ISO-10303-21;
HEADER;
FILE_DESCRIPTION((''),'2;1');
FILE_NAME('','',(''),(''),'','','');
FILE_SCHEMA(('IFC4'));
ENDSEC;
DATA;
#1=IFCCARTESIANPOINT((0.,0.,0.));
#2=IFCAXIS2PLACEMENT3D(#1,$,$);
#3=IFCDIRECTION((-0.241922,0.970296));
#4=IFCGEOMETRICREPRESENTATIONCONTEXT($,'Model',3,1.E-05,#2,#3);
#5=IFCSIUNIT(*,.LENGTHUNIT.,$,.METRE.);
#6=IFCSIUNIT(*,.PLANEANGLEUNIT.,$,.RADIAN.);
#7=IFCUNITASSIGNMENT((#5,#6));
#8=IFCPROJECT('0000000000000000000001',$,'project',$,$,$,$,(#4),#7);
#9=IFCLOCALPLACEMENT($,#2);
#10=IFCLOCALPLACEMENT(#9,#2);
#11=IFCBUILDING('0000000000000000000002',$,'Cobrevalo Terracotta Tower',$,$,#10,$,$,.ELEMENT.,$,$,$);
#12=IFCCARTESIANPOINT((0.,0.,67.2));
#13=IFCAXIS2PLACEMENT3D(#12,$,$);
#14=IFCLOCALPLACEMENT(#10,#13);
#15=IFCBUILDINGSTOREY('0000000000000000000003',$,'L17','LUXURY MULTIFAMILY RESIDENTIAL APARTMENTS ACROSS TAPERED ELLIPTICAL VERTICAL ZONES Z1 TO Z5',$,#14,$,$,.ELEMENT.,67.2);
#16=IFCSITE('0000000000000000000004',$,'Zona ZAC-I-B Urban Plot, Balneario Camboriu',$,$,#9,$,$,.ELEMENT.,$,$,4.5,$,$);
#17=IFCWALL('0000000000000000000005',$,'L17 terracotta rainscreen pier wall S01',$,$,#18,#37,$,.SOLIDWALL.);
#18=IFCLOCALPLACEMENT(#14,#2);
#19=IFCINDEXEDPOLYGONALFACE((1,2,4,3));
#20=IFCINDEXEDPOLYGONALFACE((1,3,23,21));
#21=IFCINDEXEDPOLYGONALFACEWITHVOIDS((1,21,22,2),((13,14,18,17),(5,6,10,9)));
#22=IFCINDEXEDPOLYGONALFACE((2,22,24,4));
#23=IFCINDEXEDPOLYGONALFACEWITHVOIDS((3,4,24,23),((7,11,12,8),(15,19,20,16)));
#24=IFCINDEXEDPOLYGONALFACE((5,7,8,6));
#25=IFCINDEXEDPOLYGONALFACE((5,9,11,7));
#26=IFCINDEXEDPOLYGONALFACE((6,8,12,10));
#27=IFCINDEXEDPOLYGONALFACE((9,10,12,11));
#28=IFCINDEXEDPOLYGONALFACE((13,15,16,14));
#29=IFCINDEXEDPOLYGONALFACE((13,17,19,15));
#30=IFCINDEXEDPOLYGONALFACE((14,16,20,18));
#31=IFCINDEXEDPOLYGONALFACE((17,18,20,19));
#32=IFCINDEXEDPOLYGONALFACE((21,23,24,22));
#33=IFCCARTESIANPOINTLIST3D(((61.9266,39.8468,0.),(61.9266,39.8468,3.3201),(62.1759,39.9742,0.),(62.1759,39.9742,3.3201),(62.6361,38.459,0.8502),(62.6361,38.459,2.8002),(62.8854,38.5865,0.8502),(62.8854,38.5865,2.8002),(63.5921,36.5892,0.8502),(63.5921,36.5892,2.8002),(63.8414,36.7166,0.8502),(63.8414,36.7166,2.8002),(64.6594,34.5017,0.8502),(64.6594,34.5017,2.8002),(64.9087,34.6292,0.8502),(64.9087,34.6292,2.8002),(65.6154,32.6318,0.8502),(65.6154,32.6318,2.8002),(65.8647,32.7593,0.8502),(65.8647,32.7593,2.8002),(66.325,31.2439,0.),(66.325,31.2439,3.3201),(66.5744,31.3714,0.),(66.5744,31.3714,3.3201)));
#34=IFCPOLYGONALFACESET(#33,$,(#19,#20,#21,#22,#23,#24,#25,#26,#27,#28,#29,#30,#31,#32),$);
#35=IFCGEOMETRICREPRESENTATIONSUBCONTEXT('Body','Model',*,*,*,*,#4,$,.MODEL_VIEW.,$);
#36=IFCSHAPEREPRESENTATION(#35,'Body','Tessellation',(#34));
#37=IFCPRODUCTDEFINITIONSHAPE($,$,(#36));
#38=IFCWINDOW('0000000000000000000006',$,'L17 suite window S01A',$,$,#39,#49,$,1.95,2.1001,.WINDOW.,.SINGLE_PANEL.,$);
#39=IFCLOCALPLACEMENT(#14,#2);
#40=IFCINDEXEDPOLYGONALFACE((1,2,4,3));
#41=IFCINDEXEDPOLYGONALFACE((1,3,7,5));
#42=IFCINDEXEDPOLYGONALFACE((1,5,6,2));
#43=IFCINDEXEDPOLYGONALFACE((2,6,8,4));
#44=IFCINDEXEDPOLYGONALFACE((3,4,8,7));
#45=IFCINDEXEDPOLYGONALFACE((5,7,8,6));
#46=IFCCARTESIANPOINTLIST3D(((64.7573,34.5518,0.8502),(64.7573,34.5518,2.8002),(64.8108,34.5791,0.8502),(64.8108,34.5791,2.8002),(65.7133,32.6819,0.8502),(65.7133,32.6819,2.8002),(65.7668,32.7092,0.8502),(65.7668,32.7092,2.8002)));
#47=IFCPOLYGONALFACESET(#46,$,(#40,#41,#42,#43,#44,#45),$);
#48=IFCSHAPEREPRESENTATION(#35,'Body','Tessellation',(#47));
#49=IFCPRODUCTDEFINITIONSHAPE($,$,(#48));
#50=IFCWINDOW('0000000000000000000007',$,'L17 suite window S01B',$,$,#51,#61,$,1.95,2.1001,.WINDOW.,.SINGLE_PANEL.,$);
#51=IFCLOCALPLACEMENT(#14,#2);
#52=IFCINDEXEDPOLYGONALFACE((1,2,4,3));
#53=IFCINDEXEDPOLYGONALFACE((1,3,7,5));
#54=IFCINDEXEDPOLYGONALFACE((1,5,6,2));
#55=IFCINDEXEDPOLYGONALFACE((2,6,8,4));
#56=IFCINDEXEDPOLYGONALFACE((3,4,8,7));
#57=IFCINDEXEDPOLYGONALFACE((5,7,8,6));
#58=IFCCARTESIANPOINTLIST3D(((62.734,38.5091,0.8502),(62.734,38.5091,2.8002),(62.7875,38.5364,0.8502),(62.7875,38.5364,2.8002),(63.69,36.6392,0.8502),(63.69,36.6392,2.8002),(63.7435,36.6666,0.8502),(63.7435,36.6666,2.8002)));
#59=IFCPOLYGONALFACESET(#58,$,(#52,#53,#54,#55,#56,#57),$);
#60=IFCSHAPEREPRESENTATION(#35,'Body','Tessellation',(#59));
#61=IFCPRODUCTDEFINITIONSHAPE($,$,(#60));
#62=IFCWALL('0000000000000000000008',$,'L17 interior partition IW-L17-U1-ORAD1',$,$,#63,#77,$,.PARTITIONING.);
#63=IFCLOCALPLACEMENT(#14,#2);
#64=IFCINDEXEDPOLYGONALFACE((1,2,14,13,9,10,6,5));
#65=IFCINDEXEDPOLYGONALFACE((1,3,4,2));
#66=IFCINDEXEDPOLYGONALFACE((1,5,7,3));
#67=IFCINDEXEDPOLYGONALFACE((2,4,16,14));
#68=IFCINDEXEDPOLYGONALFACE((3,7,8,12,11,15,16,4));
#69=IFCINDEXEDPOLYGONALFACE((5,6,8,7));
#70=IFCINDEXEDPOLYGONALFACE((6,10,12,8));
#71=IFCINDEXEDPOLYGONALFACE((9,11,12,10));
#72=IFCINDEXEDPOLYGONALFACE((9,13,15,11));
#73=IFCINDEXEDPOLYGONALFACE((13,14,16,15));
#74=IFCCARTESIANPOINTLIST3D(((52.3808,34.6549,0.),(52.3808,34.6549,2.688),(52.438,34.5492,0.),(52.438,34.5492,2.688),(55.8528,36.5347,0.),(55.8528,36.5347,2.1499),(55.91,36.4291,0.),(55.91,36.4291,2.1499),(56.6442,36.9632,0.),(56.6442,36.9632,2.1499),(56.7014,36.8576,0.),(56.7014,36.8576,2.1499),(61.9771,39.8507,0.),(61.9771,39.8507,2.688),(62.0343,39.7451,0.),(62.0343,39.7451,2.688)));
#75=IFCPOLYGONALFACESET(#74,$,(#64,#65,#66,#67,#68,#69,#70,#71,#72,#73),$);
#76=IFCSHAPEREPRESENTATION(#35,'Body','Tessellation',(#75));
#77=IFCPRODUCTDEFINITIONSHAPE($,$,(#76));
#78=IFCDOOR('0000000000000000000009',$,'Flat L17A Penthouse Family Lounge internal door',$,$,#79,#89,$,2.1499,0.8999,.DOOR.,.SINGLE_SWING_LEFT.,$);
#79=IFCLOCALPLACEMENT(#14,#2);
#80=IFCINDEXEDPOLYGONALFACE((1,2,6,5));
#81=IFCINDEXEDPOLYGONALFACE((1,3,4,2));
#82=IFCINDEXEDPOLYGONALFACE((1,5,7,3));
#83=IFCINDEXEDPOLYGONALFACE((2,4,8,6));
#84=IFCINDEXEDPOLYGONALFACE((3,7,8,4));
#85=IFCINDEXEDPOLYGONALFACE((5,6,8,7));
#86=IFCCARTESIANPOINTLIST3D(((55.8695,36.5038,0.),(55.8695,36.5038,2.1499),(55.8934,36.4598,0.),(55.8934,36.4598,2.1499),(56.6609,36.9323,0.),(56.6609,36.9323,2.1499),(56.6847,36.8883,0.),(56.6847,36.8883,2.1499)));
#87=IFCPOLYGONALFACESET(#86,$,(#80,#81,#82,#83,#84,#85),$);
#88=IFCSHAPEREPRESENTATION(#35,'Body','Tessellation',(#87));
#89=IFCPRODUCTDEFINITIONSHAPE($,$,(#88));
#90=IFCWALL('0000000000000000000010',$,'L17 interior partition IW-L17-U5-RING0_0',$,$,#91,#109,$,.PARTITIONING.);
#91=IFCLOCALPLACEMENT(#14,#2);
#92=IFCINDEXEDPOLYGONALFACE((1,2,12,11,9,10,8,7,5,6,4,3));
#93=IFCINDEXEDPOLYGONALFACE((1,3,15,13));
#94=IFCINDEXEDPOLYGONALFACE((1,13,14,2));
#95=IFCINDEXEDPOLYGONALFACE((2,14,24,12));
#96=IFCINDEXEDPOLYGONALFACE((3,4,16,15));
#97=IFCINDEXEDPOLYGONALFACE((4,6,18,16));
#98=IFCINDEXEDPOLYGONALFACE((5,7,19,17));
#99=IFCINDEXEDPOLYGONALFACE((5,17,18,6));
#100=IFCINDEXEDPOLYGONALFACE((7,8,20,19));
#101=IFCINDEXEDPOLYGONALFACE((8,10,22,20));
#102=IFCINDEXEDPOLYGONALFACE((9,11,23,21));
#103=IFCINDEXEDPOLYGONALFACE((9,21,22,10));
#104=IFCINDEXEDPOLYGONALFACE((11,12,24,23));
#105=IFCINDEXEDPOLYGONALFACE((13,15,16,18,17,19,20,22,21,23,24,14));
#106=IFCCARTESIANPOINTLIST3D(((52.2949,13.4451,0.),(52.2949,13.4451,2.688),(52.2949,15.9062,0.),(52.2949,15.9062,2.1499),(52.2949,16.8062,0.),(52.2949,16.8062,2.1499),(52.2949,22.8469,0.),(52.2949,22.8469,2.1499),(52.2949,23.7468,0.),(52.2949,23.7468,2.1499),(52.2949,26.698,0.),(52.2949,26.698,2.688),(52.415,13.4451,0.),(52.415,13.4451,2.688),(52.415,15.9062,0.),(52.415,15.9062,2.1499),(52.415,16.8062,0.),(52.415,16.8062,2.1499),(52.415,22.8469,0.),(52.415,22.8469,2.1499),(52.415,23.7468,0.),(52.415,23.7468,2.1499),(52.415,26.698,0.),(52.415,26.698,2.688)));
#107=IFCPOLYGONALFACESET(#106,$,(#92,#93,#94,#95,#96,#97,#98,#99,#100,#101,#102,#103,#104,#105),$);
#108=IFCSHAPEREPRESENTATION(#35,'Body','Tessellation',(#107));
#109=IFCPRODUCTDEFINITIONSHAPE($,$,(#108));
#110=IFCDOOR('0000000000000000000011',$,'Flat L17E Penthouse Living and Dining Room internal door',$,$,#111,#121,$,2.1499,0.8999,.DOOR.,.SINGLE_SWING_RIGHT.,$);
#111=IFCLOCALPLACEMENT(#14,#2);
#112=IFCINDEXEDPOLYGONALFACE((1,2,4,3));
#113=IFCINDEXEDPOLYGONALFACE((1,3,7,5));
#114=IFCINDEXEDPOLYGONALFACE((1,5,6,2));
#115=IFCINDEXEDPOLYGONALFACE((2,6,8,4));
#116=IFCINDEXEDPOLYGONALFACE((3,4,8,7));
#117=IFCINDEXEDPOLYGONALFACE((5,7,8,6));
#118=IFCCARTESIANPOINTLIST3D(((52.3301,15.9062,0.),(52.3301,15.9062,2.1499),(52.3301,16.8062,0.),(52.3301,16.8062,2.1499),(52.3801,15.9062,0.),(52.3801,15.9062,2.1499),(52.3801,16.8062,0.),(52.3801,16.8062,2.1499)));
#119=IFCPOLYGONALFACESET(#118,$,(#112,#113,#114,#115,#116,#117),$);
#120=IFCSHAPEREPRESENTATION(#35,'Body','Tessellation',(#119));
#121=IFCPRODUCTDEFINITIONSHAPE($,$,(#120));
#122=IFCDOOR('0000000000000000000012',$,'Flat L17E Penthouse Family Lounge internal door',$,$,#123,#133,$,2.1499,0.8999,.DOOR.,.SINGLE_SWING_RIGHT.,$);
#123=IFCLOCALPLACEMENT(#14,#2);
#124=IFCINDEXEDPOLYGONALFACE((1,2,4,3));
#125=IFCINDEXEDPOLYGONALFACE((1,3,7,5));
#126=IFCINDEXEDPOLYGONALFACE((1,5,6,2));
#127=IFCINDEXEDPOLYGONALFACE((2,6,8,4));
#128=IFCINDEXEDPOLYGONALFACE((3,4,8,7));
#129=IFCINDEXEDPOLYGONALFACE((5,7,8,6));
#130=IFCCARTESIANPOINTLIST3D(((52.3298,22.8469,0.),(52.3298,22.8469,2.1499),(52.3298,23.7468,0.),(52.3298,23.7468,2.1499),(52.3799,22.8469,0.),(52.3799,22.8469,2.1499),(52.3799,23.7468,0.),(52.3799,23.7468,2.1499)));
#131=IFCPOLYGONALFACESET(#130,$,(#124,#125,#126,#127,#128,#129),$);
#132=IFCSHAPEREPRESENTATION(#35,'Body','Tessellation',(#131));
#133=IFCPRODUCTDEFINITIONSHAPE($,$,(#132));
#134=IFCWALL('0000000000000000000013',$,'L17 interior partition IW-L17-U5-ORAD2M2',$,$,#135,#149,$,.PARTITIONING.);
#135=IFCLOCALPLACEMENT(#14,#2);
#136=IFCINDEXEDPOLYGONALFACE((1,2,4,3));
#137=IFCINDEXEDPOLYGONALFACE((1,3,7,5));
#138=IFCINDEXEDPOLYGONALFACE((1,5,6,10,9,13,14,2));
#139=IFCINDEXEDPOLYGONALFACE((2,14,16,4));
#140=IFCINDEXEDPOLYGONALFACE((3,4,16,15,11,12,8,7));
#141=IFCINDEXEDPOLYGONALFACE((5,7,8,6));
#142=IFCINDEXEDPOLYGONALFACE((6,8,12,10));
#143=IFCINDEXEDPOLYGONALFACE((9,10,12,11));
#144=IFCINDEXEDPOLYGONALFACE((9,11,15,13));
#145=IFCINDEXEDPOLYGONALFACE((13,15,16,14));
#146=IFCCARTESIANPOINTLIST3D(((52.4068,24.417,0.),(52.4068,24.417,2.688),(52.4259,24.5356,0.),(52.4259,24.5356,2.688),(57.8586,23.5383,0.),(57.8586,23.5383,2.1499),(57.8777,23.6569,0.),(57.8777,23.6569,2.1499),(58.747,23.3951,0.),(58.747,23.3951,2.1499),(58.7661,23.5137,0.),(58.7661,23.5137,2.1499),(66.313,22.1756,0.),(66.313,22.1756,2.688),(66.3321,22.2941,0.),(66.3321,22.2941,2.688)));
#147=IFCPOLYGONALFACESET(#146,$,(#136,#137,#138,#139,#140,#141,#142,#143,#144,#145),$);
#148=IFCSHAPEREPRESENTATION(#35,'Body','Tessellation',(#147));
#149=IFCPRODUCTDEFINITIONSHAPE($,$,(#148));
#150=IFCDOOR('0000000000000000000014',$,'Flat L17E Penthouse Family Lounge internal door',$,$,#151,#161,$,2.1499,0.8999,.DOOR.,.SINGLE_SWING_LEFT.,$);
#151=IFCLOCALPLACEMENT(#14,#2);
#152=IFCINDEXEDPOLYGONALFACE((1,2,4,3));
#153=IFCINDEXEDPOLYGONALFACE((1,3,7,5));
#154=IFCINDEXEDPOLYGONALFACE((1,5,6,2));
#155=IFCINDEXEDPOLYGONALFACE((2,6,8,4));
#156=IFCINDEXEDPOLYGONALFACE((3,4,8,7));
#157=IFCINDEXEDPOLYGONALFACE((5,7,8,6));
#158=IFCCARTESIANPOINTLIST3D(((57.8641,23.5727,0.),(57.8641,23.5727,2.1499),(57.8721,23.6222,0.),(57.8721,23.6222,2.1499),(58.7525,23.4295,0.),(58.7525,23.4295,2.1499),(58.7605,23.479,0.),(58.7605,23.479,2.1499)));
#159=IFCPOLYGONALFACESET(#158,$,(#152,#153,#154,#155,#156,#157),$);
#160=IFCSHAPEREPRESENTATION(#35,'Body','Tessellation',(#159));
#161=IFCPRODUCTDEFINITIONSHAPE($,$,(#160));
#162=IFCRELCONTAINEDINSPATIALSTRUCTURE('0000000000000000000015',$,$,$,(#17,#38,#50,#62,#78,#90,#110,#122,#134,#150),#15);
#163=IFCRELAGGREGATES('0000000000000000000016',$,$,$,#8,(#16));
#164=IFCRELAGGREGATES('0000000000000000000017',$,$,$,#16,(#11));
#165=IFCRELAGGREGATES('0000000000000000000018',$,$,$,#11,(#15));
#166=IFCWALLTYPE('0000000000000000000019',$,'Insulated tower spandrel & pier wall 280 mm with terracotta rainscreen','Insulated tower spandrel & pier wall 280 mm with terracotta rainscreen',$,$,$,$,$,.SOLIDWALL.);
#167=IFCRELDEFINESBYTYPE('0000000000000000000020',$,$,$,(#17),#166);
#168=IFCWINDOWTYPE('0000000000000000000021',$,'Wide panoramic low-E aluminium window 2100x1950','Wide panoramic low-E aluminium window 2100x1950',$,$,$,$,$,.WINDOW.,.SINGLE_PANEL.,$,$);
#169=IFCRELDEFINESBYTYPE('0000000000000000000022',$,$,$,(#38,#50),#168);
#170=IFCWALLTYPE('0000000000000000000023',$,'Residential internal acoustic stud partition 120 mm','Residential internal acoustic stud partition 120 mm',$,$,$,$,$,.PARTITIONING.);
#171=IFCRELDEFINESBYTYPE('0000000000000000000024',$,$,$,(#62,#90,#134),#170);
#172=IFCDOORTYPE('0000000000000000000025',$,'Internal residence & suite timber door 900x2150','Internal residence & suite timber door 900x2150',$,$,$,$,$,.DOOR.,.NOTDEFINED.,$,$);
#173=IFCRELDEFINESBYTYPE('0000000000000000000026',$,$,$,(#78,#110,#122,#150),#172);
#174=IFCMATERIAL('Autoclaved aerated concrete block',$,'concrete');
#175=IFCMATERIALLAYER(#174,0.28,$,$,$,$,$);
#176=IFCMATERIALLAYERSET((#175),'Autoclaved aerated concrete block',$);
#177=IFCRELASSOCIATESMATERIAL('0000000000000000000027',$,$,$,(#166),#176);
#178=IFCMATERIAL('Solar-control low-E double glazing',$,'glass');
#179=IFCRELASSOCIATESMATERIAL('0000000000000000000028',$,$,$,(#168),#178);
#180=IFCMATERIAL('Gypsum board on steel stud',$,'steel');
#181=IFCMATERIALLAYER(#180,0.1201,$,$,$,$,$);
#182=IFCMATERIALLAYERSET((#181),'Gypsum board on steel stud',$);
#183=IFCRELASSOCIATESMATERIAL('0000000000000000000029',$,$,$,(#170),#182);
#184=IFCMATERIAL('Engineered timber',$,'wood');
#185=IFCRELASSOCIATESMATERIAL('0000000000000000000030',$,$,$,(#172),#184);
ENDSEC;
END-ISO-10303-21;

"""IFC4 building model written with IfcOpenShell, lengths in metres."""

from ifc_helpers import new_model, si_unit, direction, frame, frame_2d, origin, place, context, subcontext, project, spatial, rectangle, extrude, source, transform, mapped, material, layer, layer_set, type_object, element, fill, save


model = new_model("IFC4")

# Units and contexts
model_context = context("Model", 3, precision=1e-05, world=origin(), true_north=direction((-0.241922, 0.970296)))
body_context = subcontext(model_context, "Body", "Model", "MODEL_VIEW")
ifc_project = project(units=[si_unit("LENGTHUNIT", "METRE"), si_unit("PLANEANGLEUNIT", "RADIAN")], contexts=[model_context])

# Site, building, storey
site_placement = place(None, origin())
site = spatial("IfcSite", under=ifc_project, at=site_placement, Name="Zona ZAC-I-B Urban Plot, Balneario Camboriu", CompositionType="ELEMENT", RefElevation=4.5)
building_placement = place(site_placement, origin())
building = spatial("IfcBuilding", under=site, at=building_placement, Name="Cobrevalo Terracotta Tower", CompositionType="ELEMENT")
storey_placement = place(building_placement, frame((0.0, 0.0, 67.2)))
storey = spatial("IfcBuildingStorey", under=building, at=storey_placement, Name="L17", Description="LUXURY MULTIFAMILY RESIDENTIAL APARTMENTS ACROSS TAPERED ELLIPTICAL VERTICAL ZONES Z1 TO Z5", CompositionType="ELEMENT", Elevation=67.2)

# Shared definitions
ifc_material_1 = material(Name="Solar-control low-E double glazing", Category="glass")

# Shared definitions
ifc_material_2 = material(Name="Autoclaved aerated concrete block", Category="concrete")

# Wall, openings, windows
ifc_layer_1 = layer(ifc_material_2, 0.28)
ifc_layer_set_1 = layer_set([ifc_layer_1], Name="Autoclaved aerated concrete block")
wall_type_1 = type_object("IfcWallType", Name="Insulated tower spandrel & pier wall 280 mm with terracotta rainscreen", Description="Insulated tower spandrel & pier wall 280 mm with terracotta rainscreen", PredefinedType="SOLIDWALL", material=ifc_layer_set_1)
wall_1_placement = place(storey_placement, frame((66.4497, 31.3076, 0.0), z_axis=(0.0, 0.0, 1.0), x_axis=(-0.455231, 0.890373, 0.0)))
wall_1 = element("IfcWall", 1, at=wall_1_placement, inside=storey, type_object=wall_type_1, Name="L17 terracotta rainscreen pier wall S01", PredefinedType="SOLIDWALL", context=body_context, shape_type="SweptSolid", body=[
    extrude(rectangle(XDim=9.6621, YDim=0.28, at=frame_2d((4.8311, 0.0))), origin(), (0.0, 0.0, 1.0), 3.3201),
])
opening_1_placement = place(wall_1_placement, frame((1.5588, 0.0, 0.8501)))
opening_1 = element("IfcOpeningElement", 2, at=opening_1_placement, cuts=wall_1, PredefinedType="OPENING", context=body_context, shape_type="SweptSolid", body=[
    extrude(rectangle(XDim=2.1001, YDim=1.95, at=frame_2d((1.05, 0.9751))), frame((0.0, 0.1499, 0.0), z_axis=(0.0, -1.0, 0.0), x_axis=(1.0, 0.0, 0.0)), (0.0, 0.0, 1.0), 0.3),
])
opening_2_placement = place(wall_1_placement, frame((6.0034, 0.0, 0.8501)))
opening_2 = element("IfcOpeningElement", 3, at=opening_2_placement, cuts=wall_1, PredefinedType="OPENING", context=body_context, shape_type="SweptSolid", body=[
    extrude(rectangle(XDim=2.1001, YDim=1.95, at=frame_2d((1.05, 0.9751))), frame((0.0, 0.1499, 0.0), z_axis=(0.0, -1.0, 0.0), x_axis=(1.0, 0.0, 0.0)), (0.0, 0.0, 1.0), 0.3),
])
window_type = type_object("IfcWindowType", Name="Wide panoramic low-E aluminium window 2100x1950", Description="Wide panoramic low-E aluminium window 2100x1950", PartitioningType="SINGLE_PANEL", PredefinedType="WINDOW", material=ifc_material_1)
shared_shape_1 = source(origin(), body_context, "Body", "SweptSolid", [
    extrude(rectangle(XDim=2.1001, YDim=1.95, at=frame_2d((1.05, 0.9751))), frame((0.0, 0.03, 0.0), z_axis=(0.0, -1.0, 0.0), x_axis=(1.0, 0.0, 0.0)), (0.0, 0.0, 1.0), 0.0601),
])
window_1_placement = place(opening_1_placement, origin())
window_1 = element("IfcWindow", 4, at=window_1_placement, inside=storey, type_object=window_type, Name="L17 suite window S01A", OverallHeight=1.95, OverallWidth=2.1001, PartitioningType="SINGLE_PANEL", PredefinedType="WINDOW", context=body_context, shape_type="MappedRepresentation", body=[
    mapped(shared_shape_1, transform((0.0, 0.0, 0.0), scale=1.0)),
])
fill(opening_1, window_1)
window_2_placement = place(opening_2_placement, origin())
window_2 = element("IfcWindow", 5, at=window_2_placement, inside=storey, type_object=window_type, Name="L17 suite window S01B", OverallHeight=1.95, OverallWidth=2.1001, PartitioningType="SINGLE_PANEL", PredefinedType="WINDOW", context=body_context, shape_type="MappedRepresentation", body=[
    mapped(shared_shape_1, transform((0.0, 0.0, 0.0), scale=1.0)),
])
fill(opening_2, window_2)

# Wall, opening, door
ifc_material_3 = material(Name="Gypsum board on steel stud", Category="steel")
ifc_layer_2 = layer(ifc_material_3, 0.1201)
ifc_layer_set_2 = layer_set([ifc_layer_2], Name="Gypsum board on steel stud")
wall_type_2 = type_object("IfcWallType", Name="Residential internal acoustic stud partition 120 mm", Description="Residential internal acoustic stud partition 120 mm", PredefinedType="PARTITIONING", material=ifc_layer_set_2)
wall_2_placement = place(storey_placement, frame((52.4094, 34.6021, 0.0), z_axis=(0.0, 0.0, 1.0), x_axis=(0.879374, 0.476132, 0.0)))
wall_2 = element("IfcWall", 6, at=wall_2_placement, inside=storey, type_object=wall_type_2, Name="L17 interior partition IW-L17-U1-ORAD1", PredefinedType="PARTITIONING", context=body_context, shape_type="SweptSolid", body=[
    extrude(rectangle(XDim=10.9126, YDim=0.1201, at=frame_2d((5.4563, 0.0))), origin(), (0.0, 0.0, 1.0), 2.688),
])
opening_3_placement = place(wall_2_placement, frame((3.9482, 0.0, 0.0)))
opening_3 = element("IfcOpeningElement", 7, at=opening_3_placement, cuts=wall_2, PredefinedType="OPENING", context=body_context, shape_type="SweptSolid", body=[
    extrude(rectangle(XDim=0.8999, YDim=2.1499, at=frame_2d((0.45, 1.075))), frame((0.0, 0.0701, 0.0), z_axis=(0.0, -1.0, 0.0), x_axis=(1.0, 0.0, 0.0)), (0.0, 0.0, 1.0), 0.1401),
])
ifc_material_4 = material(Name="Engineered timber", Category="wood")
door_type_1 = type_object("IfcDoorType", Name="Internal residence & suite timber door 900x2150", Description="Internal residence & suite timber door 900x2150", OperationType="NOTDEFINED", PredefinedType="DOOR", material=ifc_material_4)
shared_shape_2 = source(origin(), body_context, "Body", "SweptSolid", [
    extrude(rectangle(XDim=0.8999, YDim=2.1499, at=frame_2d((0.45, 1.075))), frame((0.0, 0.0249, 0.0), z_axis=(0.0, -1.0, 0.0), x_axis=(1.0, 0.0, 0.0)), (0.0, 0.0, 1.0), 0.05),
])
door_1_placement = place(opening_3_placement, origin())
door_1 = element("IfcDoor", 8, at=door_1_placement, inside=storey, type_object=door_type_1, Name="Flat L17A Penthouse Family Lounge internal door", OperationType="SINGLE_SWING_LEFT", OverallHeight=2.1499, OverallWidth=0.8999, PredefinedType="DOOR", context=body_context, shape_type="MappedRepresentation", body=[
    mapped(shared_shape_2, transform((0.0, 0.0, 0.0), scale=1.0)),
])
fill(opening_3, door_1)

# Wall, openings, doors
wall_3_placement = place(storey_placement, frame((52.355, 26.698, 0.0), z_axis=(0.0, 0.0, 1.0), x_axis=(0.0, -1.0, 0.0)))
wall_3 = element("IfcWall", 9, at=wall_3_placement, inside=storey, type_object=wall_type_2, Name="L17 interior partition IW-L17-U5-RING0_0", PredefinedType="PARTITIONING", context=body_context, shape_type="SweptSolid", body=[
    extrude(rectangle(XDim=13.2529, YDim=0.1201, at=frame_2d((6.6265, 0.0))), origin(), (0.0, 0.0, 1.0), 2.688),
])
opening_4_placement = place(wall_3_placement, frame((9.8918, 0.0, 0.0)))
opening_4 = element("IfcOpeningElement", 10, at=opening_4_placement, cuts=wall_3, PredefinedType="OPENING", context=body_context, shape_type="SweptSolid", body=[
    extrude(rectangle(XDim=0.8999, YDim=2.1499, at=frame_2d((0.45, 1.075))), frame((0.0, 0.0701, 0.0), z_axis=(0.0, -1.0, 0.0), x_axis=(1.0, 0.0, 0.0)), (0.0, 0.0, 1.0), 0.1401),
])
opening_5_placement = place(wall_3_placement, frame((2.9512, 0.0, 0.0)))
opening_5 = element("IfcOpeningElement", 11, at=opening_5_placement, cuts=wall_3, PredefinedType="OPENING", context=body_context, shape_type="SweptSolid", body=[
    extrude(rectangle(XDim=0.8999, YDim=2.1499, at=frame_2d((0.45, 1.075))), frame((0.0, 0.0701, 0.0), z_axis=(0.0, -1.0, 0.0), x_axis=(1.0, 0.0, 0.0)), (0.0, 0.0, 1.0), 0.1401),
])
door_2_placement = place(opening_4_placement, frame((0.8999, 0.0, 0.0), z_axis=(0.0, 0.0, 1.0), x_axis=(-1.0, 0.0, 0.0)))
door_2 = element("IfcDoor", 12, at=door_2_placement, inside=storey, type_object=door_type_1, Name="Flat L17E Penthouse Living and Dining Room internal door", OperationType="SINGLE_SWING_RIGHT", OverallHeight=2.1499, OverallWidth=0.8999, PredefinedType="DOOR", context=body_context, shape_type="MappedRepresentation", body=[
    mapped(shared_shape_2, transform((0.0, 0.0, 0.0), scale=1.0)),
])
fill(opening_4, door_2)
door_3_placement = place(opening_5_placement, origin())
door_3 = element("IfcDoor", 13, at=door_3_placement, inside=storey, type_object=door_type_1, Name="Flat L17E Penthouse Family Lounge internal door", OperationType="SINGLE_SWING_RIGHT", OverallHeight=2.1499, OverallWidth=0.8999, PredefinedType="DOOR", context=body_context, shape_type="MappedRepresentation", body=[
    mapped(shared_shape_2, transform((0.0, 0.0, 0.0), scale=1.0)),
])
fill(opening_5, door_3)

# Wall, opening, door
wall_4_placement = place(storey_placement, frame((52.4163, 24.4763, 0.0), z_axis=(0.0, 0.0, 1.0), x_axis=(0.987258, -0.159129, 0.0)))
wall_4 = element("IfcWall", 14, at=wall_4_placement, inside=storey, type_object=wall_type_2, Name="L17 interior partition IW-L17-U5-ORAD2M2", PredefinedType="PARTITIONING", context=body_context, shape_type="SweptSolid", body=[
    extrude(rectangle(XDim=14.0857, YDim=0.1201, at=frame_2d((7.043, 0.0))), origin(), (0.0, 0.0, 1.0), 2.688),
])
opening_6_placement = place(wall_4_placement, frame((5.5222, 0.0, 0.0)))
opening_6 = element("IfcOpeningElement", 15, at=opening_6_placement, cuts=wall_4, PredefinedType="OPENING", context=body_context, shape_type="SweptSolid", body=[
    extrude(rectangle(XDim=0.8999, YDim=2.1499, at=frame_2d((0.45, 1.075))), frame((0.0, 0.0701, 0.0), z_axis=(0.0, -1.0, 0.0), x_axis=(1.0, 0.0, 0.0)), (0.0, 0.0, 1.0), 0.1401),
])
door_4_placement = place(opening_6_placement, origin())
door_4 = element("IfcDoor", 16, at=door_4_placement, inside=storey, type_object=door_type_1, Name="Flat L17E Penthouse Family Lounge internal door", OperationType="SINGLE_SWING_LEFT", OverallHeight=2.1499, OverallWidth=0.8999, PredefinedType="DOOR", context=body_context, shape_type="MappedRepresentation", body=[
    mapped(shared_shape_2, transform((0.0, 0.0, 0.0), scale=1.0)),
])
fill(opening_6, door_4)

save(model, "model.ifc")
